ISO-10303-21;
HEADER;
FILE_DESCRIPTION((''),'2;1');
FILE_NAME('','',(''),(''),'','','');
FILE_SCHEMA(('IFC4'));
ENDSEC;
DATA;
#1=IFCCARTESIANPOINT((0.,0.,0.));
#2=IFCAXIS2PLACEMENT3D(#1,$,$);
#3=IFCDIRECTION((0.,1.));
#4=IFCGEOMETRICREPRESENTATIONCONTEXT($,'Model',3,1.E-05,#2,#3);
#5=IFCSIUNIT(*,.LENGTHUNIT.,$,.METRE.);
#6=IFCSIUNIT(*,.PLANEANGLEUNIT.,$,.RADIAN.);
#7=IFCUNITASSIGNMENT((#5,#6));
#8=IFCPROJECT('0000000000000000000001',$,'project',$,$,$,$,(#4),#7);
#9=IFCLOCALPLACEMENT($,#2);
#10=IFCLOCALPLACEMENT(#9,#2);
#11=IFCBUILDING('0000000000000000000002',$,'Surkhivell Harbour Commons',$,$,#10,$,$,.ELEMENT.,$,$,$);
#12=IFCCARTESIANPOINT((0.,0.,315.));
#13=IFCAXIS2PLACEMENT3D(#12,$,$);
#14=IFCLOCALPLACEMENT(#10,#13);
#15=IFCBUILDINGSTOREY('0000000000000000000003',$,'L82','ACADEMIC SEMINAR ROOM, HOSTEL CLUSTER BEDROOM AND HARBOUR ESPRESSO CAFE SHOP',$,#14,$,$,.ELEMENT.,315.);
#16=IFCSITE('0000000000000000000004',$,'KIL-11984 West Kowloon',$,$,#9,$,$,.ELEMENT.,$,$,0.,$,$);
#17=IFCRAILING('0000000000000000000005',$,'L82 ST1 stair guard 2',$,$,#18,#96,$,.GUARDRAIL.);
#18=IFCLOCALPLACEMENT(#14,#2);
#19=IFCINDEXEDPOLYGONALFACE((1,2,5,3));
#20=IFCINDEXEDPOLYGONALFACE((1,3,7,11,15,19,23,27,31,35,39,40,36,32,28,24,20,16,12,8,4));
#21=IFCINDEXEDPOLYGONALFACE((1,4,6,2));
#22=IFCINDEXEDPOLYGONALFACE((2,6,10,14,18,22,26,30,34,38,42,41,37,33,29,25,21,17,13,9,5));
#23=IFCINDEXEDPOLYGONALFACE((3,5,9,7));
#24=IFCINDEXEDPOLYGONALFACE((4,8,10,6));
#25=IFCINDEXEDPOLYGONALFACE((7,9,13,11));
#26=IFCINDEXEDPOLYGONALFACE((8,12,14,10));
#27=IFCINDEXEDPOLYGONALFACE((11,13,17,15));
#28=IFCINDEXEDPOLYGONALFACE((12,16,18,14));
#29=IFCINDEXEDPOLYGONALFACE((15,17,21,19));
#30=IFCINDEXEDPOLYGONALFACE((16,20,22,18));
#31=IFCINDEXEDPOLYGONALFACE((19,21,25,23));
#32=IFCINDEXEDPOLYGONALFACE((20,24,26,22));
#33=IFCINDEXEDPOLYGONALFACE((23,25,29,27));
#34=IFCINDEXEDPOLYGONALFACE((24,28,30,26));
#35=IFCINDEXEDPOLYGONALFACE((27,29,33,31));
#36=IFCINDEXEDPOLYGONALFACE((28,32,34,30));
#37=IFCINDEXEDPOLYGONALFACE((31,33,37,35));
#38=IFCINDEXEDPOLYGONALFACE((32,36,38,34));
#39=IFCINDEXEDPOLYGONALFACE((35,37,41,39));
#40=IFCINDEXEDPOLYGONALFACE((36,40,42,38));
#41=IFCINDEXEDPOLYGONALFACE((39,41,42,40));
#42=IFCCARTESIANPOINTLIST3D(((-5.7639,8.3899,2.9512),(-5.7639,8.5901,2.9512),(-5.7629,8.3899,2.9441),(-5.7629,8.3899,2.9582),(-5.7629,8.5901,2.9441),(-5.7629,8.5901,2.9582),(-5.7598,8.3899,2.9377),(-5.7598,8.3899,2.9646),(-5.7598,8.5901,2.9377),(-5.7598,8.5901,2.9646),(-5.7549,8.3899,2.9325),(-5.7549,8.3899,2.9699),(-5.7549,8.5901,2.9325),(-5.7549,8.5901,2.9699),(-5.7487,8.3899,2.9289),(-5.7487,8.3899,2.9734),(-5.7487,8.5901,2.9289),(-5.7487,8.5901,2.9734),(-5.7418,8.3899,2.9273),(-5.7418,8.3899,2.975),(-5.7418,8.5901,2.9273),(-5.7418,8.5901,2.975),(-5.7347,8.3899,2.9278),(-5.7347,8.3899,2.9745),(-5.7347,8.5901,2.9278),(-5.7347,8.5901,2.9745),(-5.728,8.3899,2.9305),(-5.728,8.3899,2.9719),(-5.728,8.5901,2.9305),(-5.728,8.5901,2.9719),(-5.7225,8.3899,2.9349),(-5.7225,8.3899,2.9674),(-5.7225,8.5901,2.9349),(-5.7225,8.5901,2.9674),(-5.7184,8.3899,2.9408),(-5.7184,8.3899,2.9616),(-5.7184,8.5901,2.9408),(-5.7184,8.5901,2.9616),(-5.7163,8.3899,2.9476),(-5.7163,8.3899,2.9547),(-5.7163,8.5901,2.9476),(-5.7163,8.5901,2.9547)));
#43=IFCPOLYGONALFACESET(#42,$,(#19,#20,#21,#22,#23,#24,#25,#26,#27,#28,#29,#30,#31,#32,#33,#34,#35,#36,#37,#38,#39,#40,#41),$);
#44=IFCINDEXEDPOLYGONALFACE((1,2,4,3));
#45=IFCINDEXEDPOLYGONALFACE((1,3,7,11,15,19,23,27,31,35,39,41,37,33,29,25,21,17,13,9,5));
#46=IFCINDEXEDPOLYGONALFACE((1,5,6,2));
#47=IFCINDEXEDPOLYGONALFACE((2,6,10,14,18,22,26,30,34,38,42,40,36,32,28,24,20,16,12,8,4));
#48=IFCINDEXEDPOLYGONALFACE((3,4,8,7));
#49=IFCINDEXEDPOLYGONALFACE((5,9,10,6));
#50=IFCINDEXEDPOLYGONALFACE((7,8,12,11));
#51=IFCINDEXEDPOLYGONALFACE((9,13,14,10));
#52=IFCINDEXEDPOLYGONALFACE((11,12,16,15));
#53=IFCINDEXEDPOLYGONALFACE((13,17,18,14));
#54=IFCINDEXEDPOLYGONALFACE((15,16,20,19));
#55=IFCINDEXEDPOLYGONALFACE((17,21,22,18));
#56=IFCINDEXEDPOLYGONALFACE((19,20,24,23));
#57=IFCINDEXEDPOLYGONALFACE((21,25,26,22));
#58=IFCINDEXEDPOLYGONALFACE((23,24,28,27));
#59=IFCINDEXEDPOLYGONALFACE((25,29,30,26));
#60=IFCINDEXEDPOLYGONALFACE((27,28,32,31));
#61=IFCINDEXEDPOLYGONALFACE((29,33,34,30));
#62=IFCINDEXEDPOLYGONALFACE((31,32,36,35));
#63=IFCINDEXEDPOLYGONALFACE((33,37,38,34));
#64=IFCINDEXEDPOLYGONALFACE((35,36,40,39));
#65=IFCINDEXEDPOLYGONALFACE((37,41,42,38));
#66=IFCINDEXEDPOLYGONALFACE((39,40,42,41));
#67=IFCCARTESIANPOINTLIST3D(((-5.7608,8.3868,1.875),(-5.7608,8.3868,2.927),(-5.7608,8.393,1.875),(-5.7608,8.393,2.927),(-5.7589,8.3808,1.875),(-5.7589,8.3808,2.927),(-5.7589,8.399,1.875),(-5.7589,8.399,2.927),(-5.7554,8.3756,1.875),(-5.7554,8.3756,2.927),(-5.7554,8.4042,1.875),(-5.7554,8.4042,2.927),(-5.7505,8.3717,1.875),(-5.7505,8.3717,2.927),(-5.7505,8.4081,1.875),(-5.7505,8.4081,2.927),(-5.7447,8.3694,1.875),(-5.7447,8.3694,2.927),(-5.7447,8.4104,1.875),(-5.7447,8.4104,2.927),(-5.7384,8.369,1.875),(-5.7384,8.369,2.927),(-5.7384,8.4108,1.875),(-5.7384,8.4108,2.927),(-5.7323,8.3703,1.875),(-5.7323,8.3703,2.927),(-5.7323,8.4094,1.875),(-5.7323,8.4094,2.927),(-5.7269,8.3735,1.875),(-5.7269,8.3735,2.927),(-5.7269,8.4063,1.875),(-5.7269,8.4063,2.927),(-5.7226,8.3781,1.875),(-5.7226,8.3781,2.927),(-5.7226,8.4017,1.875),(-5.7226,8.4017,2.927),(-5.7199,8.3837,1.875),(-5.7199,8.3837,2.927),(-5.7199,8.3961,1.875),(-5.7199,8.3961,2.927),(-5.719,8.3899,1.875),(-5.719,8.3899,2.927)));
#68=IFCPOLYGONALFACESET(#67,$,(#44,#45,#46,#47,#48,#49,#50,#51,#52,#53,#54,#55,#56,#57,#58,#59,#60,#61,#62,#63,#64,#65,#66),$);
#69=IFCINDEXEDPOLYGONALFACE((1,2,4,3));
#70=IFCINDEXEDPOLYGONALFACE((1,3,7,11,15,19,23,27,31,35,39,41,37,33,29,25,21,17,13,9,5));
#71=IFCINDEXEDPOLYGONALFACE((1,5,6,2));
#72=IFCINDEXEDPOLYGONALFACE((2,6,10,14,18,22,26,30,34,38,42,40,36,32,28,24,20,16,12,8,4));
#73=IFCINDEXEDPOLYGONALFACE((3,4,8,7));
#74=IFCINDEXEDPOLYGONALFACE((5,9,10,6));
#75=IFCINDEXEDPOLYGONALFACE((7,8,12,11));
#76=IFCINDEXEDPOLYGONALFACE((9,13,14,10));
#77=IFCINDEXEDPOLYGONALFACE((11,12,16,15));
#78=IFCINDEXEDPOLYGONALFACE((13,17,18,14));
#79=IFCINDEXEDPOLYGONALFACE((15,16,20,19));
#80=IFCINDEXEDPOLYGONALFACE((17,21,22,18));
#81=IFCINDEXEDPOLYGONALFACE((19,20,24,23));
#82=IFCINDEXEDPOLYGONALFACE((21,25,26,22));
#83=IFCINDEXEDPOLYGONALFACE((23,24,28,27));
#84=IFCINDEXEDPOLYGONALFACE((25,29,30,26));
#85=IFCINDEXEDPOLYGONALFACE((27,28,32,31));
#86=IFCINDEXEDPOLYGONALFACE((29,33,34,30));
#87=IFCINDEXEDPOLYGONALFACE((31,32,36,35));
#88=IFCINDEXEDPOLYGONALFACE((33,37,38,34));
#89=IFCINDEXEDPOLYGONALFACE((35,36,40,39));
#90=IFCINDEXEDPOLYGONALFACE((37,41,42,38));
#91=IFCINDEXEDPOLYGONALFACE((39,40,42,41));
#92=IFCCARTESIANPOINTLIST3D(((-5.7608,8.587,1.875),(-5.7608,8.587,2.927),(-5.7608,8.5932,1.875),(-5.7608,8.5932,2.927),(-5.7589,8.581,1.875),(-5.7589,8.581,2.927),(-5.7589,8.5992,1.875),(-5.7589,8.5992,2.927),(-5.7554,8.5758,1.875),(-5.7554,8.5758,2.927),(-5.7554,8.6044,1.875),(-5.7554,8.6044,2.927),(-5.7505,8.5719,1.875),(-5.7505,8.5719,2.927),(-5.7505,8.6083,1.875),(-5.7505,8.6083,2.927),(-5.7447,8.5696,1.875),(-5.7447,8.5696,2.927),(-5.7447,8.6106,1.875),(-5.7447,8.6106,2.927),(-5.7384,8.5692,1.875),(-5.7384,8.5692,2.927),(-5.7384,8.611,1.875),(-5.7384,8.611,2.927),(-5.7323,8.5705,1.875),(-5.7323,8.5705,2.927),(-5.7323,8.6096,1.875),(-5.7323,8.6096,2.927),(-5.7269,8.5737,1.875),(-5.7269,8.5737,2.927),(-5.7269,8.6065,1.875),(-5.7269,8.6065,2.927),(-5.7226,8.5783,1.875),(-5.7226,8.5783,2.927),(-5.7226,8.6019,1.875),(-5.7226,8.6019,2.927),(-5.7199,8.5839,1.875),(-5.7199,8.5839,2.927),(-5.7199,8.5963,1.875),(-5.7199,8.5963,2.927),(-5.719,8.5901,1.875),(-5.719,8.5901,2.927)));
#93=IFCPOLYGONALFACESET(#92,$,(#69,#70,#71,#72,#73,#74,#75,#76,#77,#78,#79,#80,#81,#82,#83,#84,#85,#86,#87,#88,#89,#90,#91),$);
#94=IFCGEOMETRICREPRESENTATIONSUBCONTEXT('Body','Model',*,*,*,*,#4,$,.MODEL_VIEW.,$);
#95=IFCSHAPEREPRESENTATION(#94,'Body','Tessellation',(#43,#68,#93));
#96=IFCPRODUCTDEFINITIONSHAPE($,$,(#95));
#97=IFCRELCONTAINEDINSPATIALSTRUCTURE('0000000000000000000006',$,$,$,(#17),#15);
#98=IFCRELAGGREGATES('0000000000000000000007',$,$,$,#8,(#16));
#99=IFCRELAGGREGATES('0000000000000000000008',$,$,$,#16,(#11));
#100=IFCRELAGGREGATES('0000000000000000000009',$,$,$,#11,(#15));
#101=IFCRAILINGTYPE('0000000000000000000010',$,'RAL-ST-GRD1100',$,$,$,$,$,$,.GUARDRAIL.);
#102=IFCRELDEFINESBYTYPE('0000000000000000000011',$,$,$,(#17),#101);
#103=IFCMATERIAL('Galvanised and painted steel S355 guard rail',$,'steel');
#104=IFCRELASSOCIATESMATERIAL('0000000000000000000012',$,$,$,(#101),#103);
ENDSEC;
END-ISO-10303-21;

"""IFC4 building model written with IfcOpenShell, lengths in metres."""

from ifc_helpers import new_model, si_unit, direction, frame, origin, origin_2d, place, context, subcontext, project, spatial, circle, extrude, material, type_object, element, save


model = new_model("IFC4")

# Units and contexts
model_context = context("Model", 3, precision=1e-05, world=origin(), true_north=direction((0.0, 1.0)))
body_context = subcontext(model_context, "Body", "Model", "MODEL_VIEW")
ifc_project = project(units=[si_unit("LENGTHUNIT", "METRE"), si_unit("PLANEANGLEUNIT", "RADIAN")], contexts=[model_context])

# Site, building, storey
site_placement = place(None, origin())
site = spatial("IfcSite", under=ifc_project, at=site_placement, Name="KIL-11984 West Kowloon", CompositionType="ELEMENT", RefElevation=0.0)
building_placement = place(site_placement, origin())
building = spatial("IfcBuilding", under=site, at=building_placement, Name="Surkhivell Harbour Commons", CompositionType="ELEMENT")
storey_placement = place(building_placement, frame((0.0, 0.0, 315.0)))
storey = spatial("IfcBuildingStorey", under=building, at=storey_placement, Name="L82", Description="ACADEMIC SEMINAR ROOM, HOSTEL CLUSTER BEDROOM AND HARBOUR ESPRESSO CAFE SHOP", CompositionType="ELEMENT", Elevation=315.0)

# Railing
ifc_material_1 = material(Name="Galvanised and painted steel S355 guard rail", Category="steel")
railing_type_1 = type_object("IfcRailingType", Name="RAL-ST-GRD1100", PredefinedType="GUARDRAIL", material=ifc_material_1)
railing_1_placement = place(storey_placement, frame((-5.74, 8.3899, 1.875)))
element("IfcRailing", 1, at=railing_1_placement, inside=storey, type_object=railing_type_1, Name="L82 ST1 stair guard 2", PredefinedType="GUARDRAIL", context=body_context, shape_type="SweptSolid", body=[
    extrude(circle(Radius=0.0239, at=origin_2d()), frame((0.0, 0.0, 1.0762), z_axis=(0.0, 1.0, 0.0), x_axis=(-1.0, 0.0, 0.0)), (0.0, 0.0, 1.0), 0.2002),
    extrude(circle(Radius=0.021, at=origin_2d()), origin(), (0.0, 0.0, 1.0), 1.052),
    extrude(circle(Radius=0.021, at=origin_2d()), frame((0.0, 0.2002, 0.0)), (0.0, 0.0, 1.0), 1.052),
])

save(model, "model.ifc")
